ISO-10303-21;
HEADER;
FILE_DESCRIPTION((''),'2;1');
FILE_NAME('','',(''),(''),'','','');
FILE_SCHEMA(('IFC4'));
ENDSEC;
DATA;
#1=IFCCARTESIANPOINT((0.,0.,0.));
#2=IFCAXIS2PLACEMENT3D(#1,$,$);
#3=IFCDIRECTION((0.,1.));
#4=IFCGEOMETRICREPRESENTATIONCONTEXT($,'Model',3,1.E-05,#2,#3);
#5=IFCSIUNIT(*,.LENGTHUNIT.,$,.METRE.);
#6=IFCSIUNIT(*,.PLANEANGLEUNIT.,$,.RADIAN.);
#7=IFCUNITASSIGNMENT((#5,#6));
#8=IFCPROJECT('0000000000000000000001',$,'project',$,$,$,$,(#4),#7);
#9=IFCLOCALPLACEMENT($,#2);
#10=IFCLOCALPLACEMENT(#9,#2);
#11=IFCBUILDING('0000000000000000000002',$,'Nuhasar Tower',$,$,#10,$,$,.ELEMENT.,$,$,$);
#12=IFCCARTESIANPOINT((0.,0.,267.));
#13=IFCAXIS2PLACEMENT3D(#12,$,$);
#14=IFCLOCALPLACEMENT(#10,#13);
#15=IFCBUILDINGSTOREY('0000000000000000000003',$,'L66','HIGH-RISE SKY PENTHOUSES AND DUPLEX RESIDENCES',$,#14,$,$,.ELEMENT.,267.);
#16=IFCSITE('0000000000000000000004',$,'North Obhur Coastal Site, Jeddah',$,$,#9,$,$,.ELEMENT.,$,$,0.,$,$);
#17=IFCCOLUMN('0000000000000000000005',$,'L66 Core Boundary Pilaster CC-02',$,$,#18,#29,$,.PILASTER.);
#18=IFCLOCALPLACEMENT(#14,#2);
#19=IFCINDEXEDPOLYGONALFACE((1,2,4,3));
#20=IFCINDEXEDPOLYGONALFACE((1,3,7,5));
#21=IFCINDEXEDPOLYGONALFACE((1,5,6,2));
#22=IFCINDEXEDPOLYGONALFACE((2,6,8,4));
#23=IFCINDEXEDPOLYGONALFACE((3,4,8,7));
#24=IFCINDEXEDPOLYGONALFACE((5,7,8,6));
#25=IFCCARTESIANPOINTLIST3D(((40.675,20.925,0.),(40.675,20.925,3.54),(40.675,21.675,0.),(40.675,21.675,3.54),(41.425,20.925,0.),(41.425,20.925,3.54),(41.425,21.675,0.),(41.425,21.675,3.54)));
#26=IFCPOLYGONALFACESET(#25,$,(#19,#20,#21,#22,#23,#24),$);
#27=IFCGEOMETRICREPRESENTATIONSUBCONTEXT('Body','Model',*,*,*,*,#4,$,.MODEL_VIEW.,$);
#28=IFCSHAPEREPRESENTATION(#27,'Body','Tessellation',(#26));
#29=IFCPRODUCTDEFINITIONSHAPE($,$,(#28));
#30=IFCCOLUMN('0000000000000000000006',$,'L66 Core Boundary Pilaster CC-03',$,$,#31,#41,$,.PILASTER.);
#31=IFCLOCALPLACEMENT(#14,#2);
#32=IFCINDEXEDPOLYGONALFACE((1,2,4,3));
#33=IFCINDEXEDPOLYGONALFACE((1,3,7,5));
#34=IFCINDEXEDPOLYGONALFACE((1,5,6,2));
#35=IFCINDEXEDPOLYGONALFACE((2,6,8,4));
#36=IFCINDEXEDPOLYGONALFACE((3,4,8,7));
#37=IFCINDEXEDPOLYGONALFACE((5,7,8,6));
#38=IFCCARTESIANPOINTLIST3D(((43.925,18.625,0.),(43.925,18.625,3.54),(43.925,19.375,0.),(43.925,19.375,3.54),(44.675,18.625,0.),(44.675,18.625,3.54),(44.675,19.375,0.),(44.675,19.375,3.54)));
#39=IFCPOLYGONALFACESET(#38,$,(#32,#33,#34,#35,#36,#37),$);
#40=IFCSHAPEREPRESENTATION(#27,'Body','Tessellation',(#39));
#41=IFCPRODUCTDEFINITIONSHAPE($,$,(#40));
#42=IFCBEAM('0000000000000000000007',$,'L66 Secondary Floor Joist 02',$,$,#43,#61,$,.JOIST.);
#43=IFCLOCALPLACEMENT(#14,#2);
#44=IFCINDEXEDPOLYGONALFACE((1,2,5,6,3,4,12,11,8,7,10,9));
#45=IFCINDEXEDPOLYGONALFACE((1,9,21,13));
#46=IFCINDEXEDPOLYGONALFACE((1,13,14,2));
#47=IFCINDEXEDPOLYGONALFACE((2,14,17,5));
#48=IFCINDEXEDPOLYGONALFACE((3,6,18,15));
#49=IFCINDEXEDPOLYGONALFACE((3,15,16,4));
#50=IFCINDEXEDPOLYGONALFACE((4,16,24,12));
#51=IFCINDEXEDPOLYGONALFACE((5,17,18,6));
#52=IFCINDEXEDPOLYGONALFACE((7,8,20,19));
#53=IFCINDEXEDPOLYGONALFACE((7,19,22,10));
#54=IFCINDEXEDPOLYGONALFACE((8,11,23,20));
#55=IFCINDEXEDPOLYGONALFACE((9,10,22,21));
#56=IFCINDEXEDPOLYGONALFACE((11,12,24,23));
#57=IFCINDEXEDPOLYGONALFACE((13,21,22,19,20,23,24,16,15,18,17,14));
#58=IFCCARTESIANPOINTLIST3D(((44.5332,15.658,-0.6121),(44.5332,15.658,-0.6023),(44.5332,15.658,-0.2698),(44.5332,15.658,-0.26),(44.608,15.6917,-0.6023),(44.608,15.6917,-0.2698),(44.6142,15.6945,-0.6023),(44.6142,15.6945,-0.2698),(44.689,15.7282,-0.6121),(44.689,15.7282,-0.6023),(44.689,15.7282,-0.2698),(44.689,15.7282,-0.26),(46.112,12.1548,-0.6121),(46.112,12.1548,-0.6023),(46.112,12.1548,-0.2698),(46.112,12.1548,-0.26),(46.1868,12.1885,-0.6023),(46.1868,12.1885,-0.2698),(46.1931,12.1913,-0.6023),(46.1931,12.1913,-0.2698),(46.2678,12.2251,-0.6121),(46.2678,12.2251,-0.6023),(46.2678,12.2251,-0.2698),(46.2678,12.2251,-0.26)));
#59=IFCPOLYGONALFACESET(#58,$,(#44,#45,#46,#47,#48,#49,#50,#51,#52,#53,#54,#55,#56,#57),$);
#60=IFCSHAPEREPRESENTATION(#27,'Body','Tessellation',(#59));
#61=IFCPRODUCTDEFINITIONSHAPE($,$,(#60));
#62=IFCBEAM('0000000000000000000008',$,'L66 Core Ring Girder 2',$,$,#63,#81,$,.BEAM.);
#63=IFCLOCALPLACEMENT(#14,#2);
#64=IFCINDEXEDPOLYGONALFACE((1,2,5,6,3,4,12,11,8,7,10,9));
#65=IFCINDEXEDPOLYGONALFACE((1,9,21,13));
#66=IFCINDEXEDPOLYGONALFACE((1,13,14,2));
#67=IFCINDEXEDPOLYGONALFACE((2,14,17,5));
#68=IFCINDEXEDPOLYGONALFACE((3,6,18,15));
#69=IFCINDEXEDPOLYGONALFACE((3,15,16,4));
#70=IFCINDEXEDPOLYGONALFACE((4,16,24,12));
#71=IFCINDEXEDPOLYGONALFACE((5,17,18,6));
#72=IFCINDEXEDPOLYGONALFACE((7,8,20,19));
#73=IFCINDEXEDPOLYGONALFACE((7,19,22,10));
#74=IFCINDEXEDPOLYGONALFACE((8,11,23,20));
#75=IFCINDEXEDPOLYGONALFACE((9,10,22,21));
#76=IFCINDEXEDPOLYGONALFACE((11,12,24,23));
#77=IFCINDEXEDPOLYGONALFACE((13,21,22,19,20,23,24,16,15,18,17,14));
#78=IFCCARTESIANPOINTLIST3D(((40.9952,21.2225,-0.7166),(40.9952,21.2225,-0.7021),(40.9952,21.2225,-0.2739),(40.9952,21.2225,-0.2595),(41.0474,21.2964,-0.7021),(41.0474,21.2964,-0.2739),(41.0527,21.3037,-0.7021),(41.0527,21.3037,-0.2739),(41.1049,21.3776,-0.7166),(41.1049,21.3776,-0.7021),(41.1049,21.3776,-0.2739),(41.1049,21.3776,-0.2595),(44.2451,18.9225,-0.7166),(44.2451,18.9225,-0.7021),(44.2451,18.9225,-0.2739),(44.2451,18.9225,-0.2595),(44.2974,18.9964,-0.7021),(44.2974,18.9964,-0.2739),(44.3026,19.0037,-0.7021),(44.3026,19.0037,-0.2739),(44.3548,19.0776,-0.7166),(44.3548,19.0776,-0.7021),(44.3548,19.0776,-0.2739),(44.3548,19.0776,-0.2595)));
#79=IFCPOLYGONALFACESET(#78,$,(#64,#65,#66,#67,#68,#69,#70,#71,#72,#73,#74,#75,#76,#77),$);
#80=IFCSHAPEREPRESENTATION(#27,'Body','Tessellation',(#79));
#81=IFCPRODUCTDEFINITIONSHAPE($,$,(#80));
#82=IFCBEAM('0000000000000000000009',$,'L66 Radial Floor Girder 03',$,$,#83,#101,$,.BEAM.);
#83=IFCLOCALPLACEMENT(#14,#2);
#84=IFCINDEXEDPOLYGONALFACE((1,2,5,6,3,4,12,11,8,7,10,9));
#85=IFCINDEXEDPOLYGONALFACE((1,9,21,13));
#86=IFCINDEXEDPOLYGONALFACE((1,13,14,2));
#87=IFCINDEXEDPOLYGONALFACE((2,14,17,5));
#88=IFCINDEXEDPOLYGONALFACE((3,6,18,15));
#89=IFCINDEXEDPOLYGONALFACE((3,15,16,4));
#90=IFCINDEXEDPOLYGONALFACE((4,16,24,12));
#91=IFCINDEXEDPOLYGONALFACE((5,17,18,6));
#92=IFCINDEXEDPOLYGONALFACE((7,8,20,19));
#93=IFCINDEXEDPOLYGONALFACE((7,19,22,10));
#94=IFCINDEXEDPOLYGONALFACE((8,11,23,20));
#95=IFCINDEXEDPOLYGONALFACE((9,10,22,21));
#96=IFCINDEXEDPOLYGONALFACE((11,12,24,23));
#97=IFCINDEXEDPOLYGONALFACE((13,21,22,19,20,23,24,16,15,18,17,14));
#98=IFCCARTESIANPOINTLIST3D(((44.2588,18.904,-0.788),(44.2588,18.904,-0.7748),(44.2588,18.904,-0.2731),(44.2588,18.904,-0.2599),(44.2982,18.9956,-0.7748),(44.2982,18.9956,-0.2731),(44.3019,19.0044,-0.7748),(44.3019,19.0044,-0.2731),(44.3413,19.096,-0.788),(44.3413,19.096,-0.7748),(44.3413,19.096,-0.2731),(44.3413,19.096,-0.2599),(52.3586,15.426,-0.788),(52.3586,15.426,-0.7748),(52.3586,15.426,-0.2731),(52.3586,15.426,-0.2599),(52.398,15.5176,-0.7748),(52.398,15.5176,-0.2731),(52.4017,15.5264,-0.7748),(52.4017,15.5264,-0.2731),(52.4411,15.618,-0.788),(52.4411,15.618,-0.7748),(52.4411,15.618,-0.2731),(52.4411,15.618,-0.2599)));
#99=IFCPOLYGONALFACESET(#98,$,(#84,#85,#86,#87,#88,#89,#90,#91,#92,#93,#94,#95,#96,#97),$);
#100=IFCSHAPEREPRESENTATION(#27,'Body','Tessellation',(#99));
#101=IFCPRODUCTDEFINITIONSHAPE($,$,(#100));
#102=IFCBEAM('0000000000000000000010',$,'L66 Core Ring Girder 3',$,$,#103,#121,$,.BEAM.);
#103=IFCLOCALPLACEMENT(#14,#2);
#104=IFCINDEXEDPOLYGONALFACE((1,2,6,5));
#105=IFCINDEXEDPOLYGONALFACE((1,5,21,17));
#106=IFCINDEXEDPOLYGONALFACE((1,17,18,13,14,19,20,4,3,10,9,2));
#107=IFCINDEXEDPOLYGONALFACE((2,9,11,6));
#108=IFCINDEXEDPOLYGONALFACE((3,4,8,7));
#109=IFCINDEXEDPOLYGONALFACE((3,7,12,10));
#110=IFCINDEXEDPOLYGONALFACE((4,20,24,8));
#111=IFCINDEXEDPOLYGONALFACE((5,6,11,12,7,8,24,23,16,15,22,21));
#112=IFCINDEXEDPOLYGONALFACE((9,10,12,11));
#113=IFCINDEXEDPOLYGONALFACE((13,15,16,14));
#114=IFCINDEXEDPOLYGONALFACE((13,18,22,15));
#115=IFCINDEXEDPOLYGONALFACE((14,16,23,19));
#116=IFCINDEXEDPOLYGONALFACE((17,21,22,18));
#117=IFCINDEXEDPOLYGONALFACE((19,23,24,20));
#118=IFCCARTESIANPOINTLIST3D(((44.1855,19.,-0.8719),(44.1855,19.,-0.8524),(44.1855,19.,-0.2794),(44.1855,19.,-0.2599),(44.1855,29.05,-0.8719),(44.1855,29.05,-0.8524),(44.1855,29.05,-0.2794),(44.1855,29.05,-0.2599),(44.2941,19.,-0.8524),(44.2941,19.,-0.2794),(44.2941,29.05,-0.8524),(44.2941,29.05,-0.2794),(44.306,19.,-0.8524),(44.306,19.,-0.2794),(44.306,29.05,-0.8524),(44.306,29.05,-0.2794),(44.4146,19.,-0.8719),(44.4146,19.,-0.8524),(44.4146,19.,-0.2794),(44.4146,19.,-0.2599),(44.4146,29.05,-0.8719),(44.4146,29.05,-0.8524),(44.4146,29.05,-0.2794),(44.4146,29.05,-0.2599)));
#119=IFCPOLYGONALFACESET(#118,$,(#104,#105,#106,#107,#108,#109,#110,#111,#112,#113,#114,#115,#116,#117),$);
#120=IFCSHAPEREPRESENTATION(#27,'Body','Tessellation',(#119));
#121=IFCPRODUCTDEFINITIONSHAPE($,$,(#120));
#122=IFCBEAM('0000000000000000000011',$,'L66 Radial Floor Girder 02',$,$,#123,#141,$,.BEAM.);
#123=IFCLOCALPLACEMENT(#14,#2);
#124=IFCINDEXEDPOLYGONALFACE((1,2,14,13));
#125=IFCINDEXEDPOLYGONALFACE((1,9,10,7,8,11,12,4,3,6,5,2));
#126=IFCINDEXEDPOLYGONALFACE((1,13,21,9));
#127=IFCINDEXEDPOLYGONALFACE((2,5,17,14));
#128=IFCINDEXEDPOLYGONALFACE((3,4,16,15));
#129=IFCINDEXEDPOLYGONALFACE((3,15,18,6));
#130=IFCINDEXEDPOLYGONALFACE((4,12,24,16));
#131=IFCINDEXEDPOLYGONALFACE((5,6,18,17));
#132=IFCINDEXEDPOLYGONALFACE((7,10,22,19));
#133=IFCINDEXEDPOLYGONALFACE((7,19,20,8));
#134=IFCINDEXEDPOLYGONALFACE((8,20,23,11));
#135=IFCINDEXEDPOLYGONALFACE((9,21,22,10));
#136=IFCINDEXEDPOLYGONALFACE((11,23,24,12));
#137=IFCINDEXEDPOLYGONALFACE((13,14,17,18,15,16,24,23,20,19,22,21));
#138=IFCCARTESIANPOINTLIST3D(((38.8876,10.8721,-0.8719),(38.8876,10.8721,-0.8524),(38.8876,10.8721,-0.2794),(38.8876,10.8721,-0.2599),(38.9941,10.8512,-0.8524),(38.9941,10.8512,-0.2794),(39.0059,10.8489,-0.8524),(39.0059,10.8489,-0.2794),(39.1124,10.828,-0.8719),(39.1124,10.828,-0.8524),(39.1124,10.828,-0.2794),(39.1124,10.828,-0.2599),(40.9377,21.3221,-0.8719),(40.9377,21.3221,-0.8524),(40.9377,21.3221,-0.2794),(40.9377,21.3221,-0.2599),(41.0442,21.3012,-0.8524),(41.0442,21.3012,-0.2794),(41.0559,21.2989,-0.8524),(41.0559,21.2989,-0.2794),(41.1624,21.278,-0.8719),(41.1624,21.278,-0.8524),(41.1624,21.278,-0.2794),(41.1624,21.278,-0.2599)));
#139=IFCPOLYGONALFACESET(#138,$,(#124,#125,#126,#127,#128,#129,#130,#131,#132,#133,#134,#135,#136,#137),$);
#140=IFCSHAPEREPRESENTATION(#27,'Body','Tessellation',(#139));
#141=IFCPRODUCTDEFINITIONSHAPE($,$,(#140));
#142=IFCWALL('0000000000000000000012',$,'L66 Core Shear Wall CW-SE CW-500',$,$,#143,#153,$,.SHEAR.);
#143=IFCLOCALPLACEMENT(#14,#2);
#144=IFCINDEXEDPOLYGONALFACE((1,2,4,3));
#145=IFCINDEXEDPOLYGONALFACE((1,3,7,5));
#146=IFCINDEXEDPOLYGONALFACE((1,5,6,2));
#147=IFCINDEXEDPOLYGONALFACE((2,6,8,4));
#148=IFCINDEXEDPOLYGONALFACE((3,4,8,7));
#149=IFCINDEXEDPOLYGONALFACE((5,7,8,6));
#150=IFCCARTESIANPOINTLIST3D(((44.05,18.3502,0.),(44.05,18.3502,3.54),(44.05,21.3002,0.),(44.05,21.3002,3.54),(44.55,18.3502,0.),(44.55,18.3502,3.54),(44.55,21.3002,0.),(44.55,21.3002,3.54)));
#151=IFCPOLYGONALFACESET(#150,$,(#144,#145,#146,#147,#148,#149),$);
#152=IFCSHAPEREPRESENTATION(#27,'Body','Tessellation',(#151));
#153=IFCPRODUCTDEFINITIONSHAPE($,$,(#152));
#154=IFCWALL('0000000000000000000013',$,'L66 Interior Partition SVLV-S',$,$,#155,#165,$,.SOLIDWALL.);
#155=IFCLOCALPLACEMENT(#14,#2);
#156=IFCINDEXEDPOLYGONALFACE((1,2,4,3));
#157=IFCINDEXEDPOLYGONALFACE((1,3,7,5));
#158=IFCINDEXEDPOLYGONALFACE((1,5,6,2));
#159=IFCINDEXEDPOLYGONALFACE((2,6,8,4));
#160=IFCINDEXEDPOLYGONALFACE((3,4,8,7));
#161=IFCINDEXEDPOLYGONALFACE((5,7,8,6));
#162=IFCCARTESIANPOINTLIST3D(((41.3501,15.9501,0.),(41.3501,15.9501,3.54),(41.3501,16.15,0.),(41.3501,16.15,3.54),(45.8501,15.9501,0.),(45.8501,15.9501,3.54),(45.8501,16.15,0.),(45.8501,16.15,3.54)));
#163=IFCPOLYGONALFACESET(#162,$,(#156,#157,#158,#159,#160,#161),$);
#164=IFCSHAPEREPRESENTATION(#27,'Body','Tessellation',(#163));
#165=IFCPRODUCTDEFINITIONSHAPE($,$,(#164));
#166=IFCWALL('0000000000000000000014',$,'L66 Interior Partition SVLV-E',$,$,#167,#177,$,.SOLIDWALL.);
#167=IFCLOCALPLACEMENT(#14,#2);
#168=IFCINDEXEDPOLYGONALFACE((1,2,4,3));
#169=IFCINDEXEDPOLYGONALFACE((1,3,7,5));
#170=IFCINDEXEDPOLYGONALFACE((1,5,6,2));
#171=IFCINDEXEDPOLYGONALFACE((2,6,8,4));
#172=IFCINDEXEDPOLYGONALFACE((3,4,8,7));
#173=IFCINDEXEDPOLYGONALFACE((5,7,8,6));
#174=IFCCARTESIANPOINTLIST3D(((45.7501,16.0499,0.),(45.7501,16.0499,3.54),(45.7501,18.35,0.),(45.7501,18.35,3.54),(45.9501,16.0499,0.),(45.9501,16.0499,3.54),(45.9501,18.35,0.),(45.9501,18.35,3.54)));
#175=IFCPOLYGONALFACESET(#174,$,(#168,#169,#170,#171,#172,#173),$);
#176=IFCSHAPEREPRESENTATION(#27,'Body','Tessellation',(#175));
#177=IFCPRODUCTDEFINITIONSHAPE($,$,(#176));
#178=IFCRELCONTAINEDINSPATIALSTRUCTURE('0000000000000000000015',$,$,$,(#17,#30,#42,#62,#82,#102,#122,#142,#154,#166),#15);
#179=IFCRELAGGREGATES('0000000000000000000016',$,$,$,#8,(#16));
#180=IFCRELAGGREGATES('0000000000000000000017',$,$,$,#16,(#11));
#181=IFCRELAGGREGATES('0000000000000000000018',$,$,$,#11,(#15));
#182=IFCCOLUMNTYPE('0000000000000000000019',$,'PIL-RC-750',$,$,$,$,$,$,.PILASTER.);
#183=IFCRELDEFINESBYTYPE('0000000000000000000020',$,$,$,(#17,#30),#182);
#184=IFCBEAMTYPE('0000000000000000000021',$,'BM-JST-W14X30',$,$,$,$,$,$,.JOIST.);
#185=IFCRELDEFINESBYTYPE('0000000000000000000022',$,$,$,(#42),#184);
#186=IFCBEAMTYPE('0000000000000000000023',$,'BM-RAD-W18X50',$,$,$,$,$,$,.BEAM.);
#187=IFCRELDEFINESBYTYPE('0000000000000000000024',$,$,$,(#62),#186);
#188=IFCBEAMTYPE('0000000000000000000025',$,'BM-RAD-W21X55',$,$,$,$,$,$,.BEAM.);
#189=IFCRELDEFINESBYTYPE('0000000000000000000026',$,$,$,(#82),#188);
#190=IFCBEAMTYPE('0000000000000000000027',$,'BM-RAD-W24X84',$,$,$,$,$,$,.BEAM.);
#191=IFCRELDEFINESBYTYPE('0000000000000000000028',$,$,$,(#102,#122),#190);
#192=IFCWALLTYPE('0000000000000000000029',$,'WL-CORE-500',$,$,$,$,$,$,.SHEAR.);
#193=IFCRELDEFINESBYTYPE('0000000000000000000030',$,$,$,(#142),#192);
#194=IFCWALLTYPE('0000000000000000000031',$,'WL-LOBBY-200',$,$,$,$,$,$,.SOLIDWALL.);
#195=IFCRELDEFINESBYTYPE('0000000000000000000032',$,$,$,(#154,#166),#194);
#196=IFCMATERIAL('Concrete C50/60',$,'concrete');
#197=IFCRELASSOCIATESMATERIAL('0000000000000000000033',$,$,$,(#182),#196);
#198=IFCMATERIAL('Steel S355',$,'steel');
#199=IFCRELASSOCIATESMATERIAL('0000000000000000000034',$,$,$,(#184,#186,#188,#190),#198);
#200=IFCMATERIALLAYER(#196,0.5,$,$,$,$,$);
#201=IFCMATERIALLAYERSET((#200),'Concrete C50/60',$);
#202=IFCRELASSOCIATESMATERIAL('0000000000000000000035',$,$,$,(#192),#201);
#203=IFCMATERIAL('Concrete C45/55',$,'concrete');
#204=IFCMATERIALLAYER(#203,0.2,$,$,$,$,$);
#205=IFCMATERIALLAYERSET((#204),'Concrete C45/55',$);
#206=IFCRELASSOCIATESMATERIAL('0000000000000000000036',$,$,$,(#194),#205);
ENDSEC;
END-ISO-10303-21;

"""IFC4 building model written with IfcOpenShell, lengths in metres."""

from ifc_helpers import new_model, si_unit, direction, frame, frame_2d, origin, origin_2d, place, context, subcontext, project, spatial, rectangle, i_section, extrude, material, layer, layer_set, material_profile, profile_set, type_object, element, save


model = new_model("IFC4")

# Units and contexts
model_context = context("Model", 3, precision=1e-05, world=origin(), true_north=direction((0.0, 1.0)))
body_context = subcontext(model_context, "Body", "Model", "MODEL_VIEW")
ifc_project = project(units=[si_unit("LENGTHUNIT", "METRE"), si_unit("PLANEANGLEUNIT", "RADIAN")], contexts=[model_context])

# Site, building, storey
site_placement = place(None, origin())
site = spatial("IfcSite", under=ifc_project, at=site_placement, Name="North Obhur Coastal Site, Jeddah", CompositionType="ELEMENT", RefElevation=0.0)
building_placement = place(site_placement, origin())
building = spatial("IfcBuilding", under=site, at=building_placement, Name="Nuhasar Tower", CompositionType="ELEMENT")
storey_placement = place(building_placement, frame((0.0, 0.0, 267.0)))
storey = spatial("IfcBuildingStorey", under=building, at=storey_placement, Name="L66", Description="HIGH-RISE SKY PENTHOUSES AND DUPLEX RESIDENCES", CompositionType="ELEMENT", Elevation=267.0)

# Columns
ifc_material_1 = material(Name="Concrete C50/60", Category="concrete")
ifc_material_profile_1 = material_profile(ifc_material_1, rectangle(XDim=0.75, YDim=0.75, at=origin_2d()), Name="RC750X750")
ifc_profile_set_1 = profile_set([ifc_material_profile_1], Name="Concrete C50/60")
column_type = type_object("IfcColumnType", Name="PIL-RC-750", PredefinedType="PILASTER", material=ifc_profile_set_1)
for number, where, z_axis, x_axis, name in (
    (1, (41.05, 21.3, 0.0), (0.0, 0.0, 1.0), (1.0, 0.0, 0.0), "L66 Core Boundary Pilaster CC-02"),
    (2, (44.3, 19.0, 0.0), (0.0, 0.0, 1.0), (1.0, 0.0, 0.0), "L66 Core Boundary Pilaster CC-03"),
):
    element("IfcColumn", number, at=place(storey_placement, frame(where, z_axis=z_axis, x_axis=x_axis)), inside=storey, type_object=column_type, Name=name, PredefinedType="PILASTER", context=body_context, shape_type="SweptSolid", body=[
        extrude(rectangle(XDim=0.75, YDim=0.75, at=origin_2d()), origin(), (0.0, 0.0, 1.0), 3.54),
    ])

# Beams
ifc_material_2 = material(Name="Steel S355", Category="steel")
ifc_material_profile_2 = material_profile(ifc_material_2, i_section(OverallWidth=0.1709, OverallDepth=0.3521, WebThickness=0.0068, FlangeThickness=0.0098, at=origin_2d()), Name="W14X30")
ifc_profile_set_2 = profile_set([ifc_material_profile_2], Name="Steel S355")
beam_type_1 = type_object("IfcBeamType", Name="BM-JST-W14X30", PredefinedType="JOIST", material=ifc_profile_set_2)
beam_1_placement = place(storey_placement, frame((44.6111, 15.6931, -0.436), z_axis=(0.41089, -0.911685, 0.0), x_axis=(0.911685, 0.41089, 0.0)))
element("IfcBeam", 3, at=beam_1_placement, inside=storey, type_object=beam_type_1, Name="L66 Secondary Floor Joist 02", PredefinedType="JOIST", context=body_context, shape_type="SweptSolid", body=[
    extrude(i_section(OverallWidth=0.1709, OverallDepth=0.3521, WebThickness=0.0068, FlangeThickness=0.0098, at=origin_2d()), origin(), (0.0, 0.0, 1.0), 3.8425),
])
ifc_material_profile_3 = material_profile(ifc_material_2, i_section(OverallWidth=0.1899, OverallDepth=0.457, WebThickness=0.009, FlangeThickness=0.0144, at=origin_2d()), Name="W18X50")
ifc_profile_set_3 = profile_set([ifc_material_profile_3], Name="Steel S355")
beam_type_2 = type_object("IfcBeamType", Name="BM-RAD-W18X50", PredefinedType="BEAM", material=ifc_profile_set_3)
beam_2_placement = place(storey_placement, frame((41.05, 21.3, -0.488), z_axis=(0.816265, -0.577677, 0.0), x_axis=(0.577677, 0.816265, 0.0)))
element("IfcBeam", 4, at=beam_2_placement, inside=storey, type_object=beam_type_2, Name="L66 Core Ring Girder 2", PredefinedType="BEAM", context=body_context, shape_type="SweptSolid", body=[
    extrude(i_section(OverallWidth=0.1899, OverallDepth=0.457, WebThickness=0.009, FlangeThickness=0.0144, at=origin_2d()), origin(), (0.0, 0.0, 1.0), 3.9814),
])
ifc_material_profile_4 = material_profile(ifc_material_2, i_section(OverallWidth=0.209, OverallDepth=0.5281, WebThickness=0.0095, FlangeThickness=0.0132, at=origin_2d()), Name="W21X55")
ifc_profile_set_4 = profile_set([ifc_material_profile_4], Name="Steel S355")
beam_type_3 = type_object("IfcBeamType", Name="BM-RAD-W21X55", PredefinedType="BEAM", material=ifc_profile_set_4)
beam_3_placement = place(storey_placement, frame((44.3, 19.0, -0.5239), z_axis=(0.918871, -0.394558, 0.0), x_axis=(0.394558, 0.918871, 0.0)))
element("IfcBeam", 5, at=beam_3_placement, inside=storey, type_object=beam_type_3, Name="L66 Radial Floor Girder 03", PredefinedType="BEAM", context=body_context, shape_type="SweptSolid", body=[
    extrude(i_section(OverallWidth=0.209, OverallDepth=0.5281, WebThickness=0.0095, FlangeThickness=0.0132, at=origin_2d()), origin(), (0.0, 0.0, 1.0), 8.8149),
])
ifc_material_profile_5 = material_profile(ifc_material_2, i_section(OverallWidth=0.229, OverallDepth=0.6121, WebThickness=0.012, FlangeThickness=0.0195, at=origin_2d()), Name="W24X84")
ifc_profile_set_5 = profile_set([ifc_material_profile_5], Name="Steel S355")
beam_type_4 = type_object("IfcBeamType", Name="BM-RAD-W24X84", PredefinedType="BEAM", material=ifc_profile_set_5)
beam_4_placement = place(storey_placement, frame((44.3, 19.0, -0.5659), z_axis=(0.0, 1.0, 0.0), x_axis=(-1.0, 0.0, 0.0)))
element("IfcBeam", 6, at=beam_4_placement, inside=storey, type_object=beam_type_4, Name="L66 Core Ring Girder 3", PredefinedType="BEAM", context=body_context, shape_type="SweptSolid", body=[
    extrude(i_section(OverallWidth=0.229, OverallDepth=0.6121, WebThickness=0.012, FlangeThickness=0.0195, at=origin_2d()), origin(), (0.0, 0.0, 1.0), 10.05),
])
beam_5_placement = place(storey_placement, frame((41.05, 21.3, -0.5659), z_axis=(-0.192508, -0.981295, 0.0), x_axis=(0.981295, -0.192508, 0.0)))
element("IfcBeam", 7, at=beam_5_placement, inside=storey, type_object=beam_type_4, Name="L66 Radial Floor Girder 02", PredefinedType="BEAM", context=body_context, shape_type="SweptSolid", body=[
    extrude(i_section(OverallWidth=0.229, OverallDepth=0.6121, WebThickness=0.012, FlangeThickness=0.0195, at=origin_2d()), origin(), (0.0, 0.0, 1.0), 10.6492),
])

# Wall
ifc_layer_1 = layer(ifc_material_1, 0.5)
ifc_layer_set_1 = layer_set([ifc_layer_1], Name="Concrete C50/60")
wall_type_1 = type_object("IfcWallType", Name="WL-CORE-500", PredefinedType="SHEAR", material=ifc_layer_set_1)
wall_1_placement = place(storey_placement, frame((44.3, 18.3501, 0.0), z_axis=(0.0, 0.0, 1.0), x_axis=(0.0, 1.0, 0.0)))
element("IfcWall", 8, at=wall_1_placement, inside=storey, type_object=wall_type_1, Name="L66 Core Shear Wall CW-SE CW-500", PredefinedType="SHEAR", context=body_context, shape_type="SweptSolid", body=[
    extrude(rectangle(XDim=2.95, YDim=0.5, at=frame_2d((1.4751, 0.0))), origin(), (0.0, 0.0, 1.0), 3.54),
])

# Shared definitions
ifc_material_3 = material(Name="Concrete C45/55", Category="concrete")
ifc_layer_2 = layer(ifc_material_3, 0.2)
ifc_layer_set_2 = layer_set([ifc_layer_2], Name="Concrete C45/55")
wall_type_2 = type_object("IfcWallType", Name="WL-LOBBY-200", PredefinedType="SOLIDWALL", material=ifc_layer_set_2)

# Walls
wall_2_placement = place(storey_placement, frame((41.3501, 16.05, 0.0), z_axis=(0.0, 0.0, 1.0), x_axis=(1.0, 0.0, 0.0)))
element("IfcWall", 9, at=wall_2_placement, inside=storey, type_object=wall_type_2, Name="L66 Interior Partition SVLV-S", PredefinedType="SOLIDWALL", context=body_context, shape_type="SweptSolid", body=[
    extrude(rectangle(XDim=4.5, YDim=0.2, at=frame_2d((2.25, 0.0))), origin(), (0.0, 0.0, 1.0), 3.54),
])
wall_3_placement = place(storey_placement, frame((45.8501, 16.05, 0.0), z_axis=(0.0, 0.0, 1.0), x_axis=(0.0, 1.0, 0.0)))
element("IfcWall", 10, at=wall_3_placement, inside=storey, type_object=wall_type_2, Name="L66 Interior Partition SVLV-E", PredefinedType="SOLIDWALL", context=body_context, shape_type="SweptSolid", body=[
    extrude(rectangle(XDim=2.3, YDim=0.2, at=frame_2d((1.1499, 0.0))), origin(), (0.0, 0.0, 1.0), 3.54),
])

save(model, "model.ifc")
